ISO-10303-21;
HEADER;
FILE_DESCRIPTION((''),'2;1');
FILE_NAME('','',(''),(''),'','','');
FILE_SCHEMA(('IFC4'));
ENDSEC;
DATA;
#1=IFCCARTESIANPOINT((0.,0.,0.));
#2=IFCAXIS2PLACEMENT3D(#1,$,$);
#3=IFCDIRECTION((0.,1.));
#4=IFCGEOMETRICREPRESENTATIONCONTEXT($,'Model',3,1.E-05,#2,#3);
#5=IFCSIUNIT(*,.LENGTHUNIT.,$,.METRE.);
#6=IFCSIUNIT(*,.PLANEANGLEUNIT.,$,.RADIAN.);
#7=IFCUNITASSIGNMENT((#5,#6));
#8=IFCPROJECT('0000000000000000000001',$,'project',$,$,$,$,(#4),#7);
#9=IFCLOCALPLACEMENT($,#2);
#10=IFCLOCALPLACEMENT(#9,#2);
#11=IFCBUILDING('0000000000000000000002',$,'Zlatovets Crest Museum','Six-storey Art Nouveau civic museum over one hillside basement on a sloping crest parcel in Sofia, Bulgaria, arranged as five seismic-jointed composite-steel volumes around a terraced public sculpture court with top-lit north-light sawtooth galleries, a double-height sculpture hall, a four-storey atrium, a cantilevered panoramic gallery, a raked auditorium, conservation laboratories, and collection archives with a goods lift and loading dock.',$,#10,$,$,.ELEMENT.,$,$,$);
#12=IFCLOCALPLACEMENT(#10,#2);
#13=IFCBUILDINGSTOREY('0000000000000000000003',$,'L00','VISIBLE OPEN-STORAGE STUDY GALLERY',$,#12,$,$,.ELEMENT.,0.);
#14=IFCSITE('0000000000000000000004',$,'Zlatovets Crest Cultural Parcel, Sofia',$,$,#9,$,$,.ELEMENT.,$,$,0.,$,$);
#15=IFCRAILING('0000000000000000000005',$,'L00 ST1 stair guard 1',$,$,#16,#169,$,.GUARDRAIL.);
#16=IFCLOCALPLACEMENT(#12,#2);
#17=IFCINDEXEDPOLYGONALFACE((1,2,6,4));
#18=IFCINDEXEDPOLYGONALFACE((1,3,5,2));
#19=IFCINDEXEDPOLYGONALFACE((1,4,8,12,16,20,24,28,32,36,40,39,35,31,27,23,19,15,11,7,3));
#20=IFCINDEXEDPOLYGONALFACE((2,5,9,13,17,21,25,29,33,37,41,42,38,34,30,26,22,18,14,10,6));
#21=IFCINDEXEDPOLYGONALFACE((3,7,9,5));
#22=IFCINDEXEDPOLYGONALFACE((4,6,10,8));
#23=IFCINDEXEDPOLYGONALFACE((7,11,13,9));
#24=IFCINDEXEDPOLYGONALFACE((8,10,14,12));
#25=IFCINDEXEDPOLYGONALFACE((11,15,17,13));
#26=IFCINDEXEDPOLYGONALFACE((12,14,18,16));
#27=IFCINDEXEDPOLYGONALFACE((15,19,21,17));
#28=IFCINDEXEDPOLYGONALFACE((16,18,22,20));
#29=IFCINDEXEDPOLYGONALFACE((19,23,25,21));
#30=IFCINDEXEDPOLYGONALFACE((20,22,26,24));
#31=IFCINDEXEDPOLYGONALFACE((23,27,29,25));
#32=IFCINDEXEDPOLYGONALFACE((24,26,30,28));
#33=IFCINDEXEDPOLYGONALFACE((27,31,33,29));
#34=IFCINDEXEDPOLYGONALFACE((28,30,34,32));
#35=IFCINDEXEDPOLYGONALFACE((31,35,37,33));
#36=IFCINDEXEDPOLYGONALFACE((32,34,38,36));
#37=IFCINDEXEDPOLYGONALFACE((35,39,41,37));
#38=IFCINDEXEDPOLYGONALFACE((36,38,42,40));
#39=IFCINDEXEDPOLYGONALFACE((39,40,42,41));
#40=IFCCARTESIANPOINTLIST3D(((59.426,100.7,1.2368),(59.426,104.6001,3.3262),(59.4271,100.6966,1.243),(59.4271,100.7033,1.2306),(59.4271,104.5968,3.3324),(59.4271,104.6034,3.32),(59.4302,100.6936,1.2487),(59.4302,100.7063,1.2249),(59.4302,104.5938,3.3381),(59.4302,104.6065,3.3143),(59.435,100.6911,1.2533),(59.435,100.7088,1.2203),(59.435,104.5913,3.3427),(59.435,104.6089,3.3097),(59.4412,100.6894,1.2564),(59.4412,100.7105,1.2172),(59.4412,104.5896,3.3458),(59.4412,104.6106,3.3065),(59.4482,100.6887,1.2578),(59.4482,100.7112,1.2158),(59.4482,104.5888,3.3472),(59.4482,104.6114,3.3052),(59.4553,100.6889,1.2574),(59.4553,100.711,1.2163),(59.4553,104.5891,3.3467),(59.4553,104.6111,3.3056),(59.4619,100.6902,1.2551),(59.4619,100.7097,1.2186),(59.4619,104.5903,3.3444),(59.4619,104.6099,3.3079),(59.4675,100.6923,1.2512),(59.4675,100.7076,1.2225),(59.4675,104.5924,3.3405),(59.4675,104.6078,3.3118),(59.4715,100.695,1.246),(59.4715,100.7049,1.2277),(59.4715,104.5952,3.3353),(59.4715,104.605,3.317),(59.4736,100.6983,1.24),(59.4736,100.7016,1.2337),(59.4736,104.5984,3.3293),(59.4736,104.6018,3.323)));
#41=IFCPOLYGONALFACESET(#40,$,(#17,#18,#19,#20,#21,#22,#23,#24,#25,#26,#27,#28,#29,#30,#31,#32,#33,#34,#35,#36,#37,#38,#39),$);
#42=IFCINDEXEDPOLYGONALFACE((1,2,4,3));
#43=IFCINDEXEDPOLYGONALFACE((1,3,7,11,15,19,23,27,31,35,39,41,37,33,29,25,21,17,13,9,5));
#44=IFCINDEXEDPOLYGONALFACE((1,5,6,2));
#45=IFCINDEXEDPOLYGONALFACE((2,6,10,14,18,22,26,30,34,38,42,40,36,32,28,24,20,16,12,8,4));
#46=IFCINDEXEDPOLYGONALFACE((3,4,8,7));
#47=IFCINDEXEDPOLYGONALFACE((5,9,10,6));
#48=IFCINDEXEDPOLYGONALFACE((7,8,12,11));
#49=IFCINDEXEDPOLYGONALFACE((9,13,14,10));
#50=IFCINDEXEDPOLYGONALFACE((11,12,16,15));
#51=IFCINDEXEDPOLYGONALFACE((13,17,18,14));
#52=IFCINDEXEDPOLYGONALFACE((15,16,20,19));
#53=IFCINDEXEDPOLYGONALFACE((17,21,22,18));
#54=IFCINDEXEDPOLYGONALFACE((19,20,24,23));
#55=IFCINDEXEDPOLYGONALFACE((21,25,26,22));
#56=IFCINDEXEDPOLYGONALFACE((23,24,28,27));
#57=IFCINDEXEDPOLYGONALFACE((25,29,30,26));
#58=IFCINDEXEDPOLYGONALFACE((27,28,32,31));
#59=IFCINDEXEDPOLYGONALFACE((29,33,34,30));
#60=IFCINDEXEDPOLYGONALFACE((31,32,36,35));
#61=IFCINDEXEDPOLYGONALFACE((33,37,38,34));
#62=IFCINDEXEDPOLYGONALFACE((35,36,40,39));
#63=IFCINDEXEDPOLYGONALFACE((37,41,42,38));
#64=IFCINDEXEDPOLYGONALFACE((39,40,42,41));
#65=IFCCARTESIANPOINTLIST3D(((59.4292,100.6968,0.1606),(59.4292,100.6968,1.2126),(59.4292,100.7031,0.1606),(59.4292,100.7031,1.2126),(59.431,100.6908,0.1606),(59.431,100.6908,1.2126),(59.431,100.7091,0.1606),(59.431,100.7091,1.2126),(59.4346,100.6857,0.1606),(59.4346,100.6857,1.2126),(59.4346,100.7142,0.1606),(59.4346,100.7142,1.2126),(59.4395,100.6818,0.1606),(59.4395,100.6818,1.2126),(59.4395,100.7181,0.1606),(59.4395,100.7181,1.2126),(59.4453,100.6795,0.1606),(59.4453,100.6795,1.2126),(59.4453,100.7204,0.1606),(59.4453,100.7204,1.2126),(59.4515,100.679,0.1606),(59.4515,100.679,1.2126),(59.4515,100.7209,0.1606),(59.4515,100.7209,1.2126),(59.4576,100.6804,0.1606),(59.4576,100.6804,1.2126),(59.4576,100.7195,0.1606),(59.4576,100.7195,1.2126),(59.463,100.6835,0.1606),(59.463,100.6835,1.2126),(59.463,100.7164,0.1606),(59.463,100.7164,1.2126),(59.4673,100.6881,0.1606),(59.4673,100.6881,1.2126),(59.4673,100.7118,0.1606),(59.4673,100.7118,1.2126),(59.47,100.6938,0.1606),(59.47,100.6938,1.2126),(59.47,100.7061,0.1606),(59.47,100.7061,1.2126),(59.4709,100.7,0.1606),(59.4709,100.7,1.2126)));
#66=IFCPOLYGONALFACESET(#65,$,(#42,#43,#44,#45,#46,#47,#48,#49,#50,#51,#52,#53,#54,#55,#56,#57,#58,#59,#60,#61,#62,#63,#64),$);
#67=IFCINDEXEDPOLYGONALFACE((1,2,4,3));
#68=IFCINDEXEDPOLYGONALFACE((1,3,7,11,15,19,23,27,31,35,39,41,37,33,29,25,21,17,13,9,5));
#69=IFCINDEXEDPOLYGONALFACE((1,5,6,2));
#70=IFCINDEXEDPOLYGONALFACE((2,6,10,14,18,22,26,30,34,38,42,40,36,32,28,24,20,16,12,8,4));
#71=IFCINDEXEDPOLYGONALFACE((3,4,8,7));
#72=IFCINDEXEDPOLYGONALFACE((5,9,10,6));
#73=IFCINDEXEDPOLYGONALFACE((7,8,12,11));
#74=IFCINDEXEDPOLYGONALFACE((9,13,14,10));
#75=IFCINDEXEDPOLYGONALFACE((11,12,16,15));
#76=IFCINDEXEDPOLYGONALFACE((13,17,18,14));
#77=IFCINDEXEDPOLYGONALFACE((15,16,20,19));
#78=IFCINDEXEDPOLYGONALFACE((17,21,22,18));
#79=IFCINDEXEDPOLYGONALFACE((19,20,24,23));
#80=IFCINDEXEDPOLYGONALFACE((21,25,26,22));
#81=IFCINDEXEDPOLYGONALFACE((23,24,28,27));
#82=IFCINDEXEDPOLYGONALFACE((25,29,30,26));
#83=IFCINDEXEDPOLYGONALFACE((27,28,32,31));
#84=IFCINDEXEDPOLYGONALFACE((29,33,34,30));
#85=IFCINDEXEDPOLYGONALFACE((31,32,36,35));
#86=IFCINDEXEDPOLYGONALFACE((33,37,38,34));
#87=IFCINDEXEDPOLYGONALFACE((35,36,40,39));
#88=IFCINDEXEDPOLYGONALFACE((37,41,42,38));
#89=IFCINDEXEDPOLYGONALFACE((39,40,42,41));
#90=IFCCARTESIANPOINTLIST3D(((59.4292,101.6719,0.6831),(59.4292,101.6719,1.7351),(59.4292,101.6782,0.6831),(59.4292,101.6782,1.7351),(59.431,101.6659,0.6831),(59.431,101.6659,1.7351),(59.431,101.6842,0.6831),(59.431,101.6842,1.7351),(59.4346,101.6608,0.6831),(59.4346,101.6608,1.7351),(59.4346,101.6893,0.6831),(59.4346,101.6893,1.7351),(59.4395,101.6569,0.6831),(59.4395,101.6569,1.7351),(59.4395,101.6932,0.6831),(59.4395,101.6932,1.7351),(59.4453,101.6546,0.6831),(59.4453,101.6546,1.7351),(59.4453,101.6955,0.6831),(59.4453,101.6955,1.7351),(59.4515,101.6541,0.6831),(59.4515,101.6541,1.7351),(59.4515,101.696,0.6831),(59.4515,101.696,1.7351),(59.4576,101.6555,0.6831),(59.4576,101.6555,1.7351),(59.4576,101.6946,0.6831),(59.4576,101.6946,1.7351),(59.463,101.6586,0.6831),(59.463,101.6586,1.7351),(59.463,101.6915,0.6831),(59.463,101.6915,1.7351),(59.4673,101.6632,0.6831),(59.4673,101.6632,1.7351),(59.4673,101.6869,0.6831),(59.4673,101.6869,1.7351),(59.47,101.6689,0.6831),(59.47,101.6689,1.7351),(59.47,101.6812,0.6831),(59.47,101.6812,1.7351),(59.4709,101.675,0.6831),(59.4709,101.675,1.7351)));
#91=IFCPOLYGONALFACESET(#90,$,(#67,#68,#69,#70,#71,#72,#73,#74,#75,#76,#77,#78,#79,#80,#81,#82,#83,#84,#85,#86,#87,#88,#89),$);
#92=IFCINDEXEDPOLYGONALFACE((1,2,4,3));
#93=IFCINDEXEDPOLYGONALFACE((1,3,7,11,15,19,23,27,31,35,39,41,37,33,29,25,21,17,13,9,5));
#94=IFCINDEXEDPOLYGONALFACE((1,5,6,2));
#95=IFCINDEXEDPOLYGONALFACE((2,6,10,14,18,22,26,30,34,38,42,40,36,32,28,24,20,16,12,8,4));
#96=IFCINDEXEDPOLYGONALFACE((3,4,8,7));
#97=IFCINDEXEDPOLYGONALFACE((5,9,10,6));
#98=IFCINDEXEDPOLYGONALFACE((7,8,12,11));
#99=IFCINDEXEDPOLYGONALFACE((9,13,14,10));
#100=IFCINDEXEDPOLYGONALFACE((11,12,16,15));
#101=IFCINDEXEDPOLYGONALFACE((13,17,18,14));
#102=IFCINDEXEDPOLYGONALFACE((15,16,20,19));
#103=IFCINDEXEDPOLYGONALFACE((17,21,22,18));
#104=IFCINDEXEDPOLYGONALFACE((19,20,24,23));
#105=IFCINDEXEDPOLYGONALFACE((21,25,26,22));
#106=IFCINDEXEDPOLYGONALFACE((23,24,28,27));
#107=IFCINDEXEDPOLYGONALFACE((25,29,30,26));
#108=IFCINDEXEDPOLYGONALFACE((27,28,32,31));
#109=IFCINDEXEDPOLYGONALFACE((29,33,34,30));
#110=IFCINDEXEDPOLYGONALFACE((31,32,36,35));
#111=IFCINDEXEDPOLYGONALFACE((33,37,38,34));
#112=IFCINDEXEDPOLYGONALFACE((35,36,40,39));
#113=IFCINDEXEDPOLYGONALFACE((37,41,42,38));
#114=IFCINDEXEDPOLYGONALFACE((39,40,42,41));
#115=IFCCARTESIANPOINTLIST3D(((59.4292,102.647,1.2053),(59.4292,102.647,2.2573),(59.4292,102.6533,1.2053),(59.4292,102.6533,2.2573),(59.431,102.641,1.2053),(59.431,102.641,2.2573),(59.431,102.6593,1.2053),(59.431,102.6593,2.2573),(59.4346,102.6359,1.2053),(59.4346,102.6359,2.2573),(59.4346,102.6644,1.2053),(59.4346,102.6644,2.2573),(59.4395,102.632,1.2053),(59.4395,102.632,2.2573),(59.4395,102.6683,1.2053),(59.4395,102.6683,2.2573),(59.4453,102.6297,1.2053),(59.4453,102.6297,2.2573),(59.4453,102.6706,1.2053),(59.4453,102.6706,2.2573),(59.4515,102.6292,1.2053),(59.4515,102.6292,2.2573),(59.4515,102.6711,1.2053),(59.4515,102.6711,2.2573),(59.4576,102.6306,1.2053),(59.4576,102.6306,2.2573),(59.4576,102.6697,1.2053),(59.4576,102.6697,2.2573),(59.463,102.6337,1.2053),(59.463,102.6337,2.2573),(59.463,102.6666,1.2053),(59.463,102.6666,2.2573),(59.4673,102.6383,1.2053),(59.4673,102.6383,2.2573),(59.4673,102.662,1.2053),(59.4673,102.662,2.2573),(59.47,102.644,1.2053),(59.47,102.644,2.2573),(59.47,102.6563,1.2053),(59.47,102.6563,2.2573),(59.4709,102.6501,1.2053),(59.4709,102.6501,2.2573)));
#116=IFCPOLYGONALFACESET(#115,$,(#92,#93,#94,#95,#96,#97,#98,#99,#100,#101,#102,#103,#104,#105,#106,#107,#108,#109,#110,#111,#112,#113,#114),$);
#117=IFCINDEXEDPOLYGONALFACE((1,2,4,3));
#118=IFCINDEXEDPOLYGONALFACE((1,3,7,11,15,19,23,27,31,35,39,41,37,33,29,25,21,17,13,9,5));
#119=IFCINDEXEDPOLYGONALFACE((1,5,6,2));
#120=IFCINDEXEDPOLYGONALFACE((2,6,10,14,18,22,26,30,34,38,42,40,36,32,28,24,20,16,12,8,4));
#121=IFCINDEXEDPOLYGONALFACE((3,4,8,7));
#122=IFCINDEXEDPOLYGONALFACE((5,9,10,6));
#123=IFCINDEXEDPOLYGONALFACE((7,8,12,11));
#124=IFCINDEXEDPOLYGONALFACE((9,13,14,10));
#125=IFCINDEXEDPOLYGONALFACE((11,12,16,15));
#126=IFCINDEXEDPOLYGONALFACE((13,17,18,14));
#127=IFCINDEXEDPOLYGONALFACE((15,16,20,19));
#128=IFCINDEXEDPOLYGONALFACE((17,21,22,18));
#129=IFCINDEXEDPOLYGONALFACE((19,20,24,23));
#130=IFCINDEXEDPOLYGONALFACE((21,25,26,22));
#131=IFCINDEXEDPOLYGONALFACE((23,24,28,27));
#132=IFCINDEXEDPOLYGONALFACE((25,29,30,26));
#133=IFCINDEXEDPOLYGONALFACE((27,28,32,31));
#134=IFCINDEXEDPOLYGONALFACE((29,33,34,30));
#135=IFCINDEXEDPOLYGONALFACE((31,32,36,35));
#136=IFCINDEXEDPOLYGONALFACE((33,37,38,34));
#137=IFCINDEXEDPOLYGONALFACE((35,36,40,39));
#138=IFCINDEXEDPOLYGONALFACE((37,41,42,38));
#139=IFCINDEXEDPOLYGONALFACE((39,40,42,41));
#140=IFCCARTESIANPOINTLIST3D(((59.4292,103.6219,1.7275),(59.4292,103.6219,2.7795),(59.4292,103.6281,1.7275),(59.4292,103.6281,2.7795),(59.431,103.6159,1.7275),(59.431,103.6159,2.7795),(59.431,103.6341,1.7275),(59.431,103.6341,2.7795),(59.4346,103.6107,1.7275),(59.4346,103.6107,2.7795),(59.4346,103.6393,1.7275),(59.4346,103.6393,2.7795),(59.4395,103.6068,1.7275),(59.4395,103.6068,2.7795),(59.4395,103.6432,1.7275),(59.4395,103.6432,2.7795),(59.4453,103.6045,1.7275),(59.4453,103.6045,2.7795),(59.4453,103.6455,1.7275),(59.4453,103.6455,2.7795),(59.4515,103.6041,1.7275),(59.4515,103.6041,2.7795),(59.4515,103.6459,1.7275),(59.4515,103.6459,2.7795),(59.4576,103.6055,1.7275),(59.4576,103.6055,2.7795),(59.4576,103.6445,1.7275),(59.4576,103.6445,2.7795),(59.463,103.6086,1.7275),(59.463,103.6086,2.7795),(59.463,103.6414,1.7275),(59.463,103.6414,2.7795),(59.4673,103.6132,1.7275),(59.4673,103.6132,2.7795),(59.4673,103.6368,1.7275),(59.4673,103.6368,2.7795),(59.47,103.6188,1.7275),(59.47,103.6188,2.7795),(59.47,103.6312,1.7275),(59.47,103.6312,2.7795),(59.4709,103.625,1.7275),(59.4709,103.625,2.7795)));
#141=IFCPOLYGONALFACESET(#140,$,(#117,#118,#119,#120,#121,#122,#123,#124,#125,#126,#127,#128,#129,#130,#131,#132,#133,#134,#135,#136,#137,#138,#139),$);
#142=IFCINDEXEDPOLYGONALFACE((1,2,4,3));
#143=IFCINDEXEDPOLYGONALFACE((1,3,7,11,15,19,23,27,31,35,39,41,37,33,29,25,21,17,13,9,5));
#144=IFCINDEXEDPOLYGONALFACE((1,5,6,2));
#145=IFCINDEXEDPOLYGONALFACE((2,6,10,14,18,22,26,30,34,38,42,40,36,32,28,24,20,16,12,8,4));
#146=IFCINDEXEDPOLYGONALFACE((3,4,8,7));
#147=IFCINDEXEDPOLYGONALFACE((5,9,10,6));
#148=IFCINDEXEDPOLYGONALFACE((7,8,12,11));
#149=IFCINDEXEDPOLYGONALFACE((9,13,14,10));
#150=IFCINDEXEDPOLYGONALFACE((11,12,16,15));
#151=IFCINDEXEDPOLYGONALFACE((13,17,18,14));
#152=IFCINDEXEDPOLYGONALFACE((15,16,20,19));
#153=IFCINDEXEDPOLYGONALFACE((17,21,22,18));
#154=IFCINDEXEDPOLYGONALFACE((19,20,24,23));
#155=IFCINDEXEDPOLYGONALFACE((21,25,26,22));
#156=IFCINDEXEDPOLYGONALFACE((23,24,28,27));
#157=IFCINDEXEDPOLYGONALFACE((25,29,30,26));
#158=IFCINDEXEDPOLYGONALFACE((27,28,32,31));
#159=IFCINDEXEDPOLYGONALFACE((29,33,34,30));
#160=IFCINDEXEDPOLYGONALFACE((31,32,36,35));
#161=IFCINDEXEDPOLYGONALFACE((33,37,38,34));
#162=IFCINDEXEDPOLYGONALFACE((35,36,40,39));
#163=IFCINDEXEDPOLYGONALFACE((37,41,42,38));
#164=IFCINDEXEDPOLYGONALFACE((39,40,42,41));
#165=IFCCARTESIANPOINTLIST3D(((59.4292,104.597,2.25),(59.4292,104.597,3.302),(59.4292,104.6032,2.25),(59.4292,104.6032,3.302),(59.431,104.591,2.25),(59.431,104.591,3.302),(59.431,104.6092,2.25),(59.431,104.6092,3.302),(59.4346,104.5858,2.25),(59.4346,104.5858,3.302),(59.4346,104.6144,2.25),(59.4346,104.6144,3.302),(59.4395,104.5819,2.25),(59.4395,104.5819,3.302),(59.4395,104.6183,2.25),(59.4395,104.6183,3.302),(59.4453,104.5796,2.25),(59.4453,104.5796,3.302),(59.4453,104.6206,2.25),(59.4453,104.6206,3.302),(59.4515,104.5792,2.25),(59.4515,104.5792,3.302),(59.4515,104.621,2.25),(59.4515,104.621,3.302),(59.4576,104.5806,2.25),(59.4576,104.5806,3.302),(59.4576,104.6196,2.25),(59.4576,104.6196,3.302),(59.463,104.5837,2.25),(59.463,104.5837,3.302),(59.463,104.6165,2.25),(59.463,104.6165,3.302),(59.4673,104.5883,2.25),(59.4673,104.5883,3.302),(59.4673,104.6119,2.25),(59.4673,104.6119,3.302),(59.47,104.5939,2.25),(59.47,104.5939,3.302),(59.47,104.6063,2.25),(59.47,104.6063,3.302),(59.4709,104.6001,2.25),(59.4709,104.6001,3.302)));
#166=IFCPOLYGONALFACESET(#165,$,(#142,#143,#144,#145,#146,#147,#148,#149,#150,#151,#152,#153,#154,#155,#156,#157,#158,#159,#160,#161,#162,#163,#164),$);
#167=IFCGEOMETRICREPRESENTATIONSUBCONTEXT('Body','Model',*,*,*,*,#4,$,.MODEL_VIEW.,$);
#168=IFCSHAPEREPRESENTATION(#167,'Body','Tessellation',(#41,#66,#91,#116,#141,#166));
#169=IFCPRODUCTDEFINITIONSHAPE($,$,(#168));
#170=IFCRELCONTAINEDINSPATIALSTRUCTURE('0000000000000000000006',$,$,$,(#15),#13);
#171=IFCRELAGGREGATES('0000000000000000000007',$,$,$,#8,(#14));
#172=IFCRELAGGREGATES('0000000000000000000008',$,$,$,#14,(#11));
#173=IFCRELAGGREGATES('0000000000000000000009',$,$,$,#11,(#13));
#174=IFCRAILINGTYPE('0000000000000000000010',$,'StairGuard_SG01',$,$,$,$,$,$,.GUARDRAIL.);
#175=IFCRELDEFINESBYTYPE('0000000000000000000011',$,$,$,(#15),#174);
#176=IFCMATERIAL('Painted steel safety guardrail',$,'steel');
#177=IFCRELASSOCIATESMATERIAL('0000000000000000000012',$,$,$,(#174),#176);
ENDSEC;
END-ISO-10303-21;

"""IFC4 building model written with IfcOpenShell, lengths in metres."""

from ifc_helpers import new_model, si_unit, direction, frame, origin, origin_2d, place, context, subcontext, project, spatial, circle, extrude, material, type_object, element, save


model = new_model("IFC4")

# Units and contexts
model_context = context("Model", 3, precision=1e-05, world=origin(), true_north=direction((0.0, 1.0)))
body_context = subcontext(model_context, "Body", "Model", "MODEL_VIEW")
ifc_project = project(units=[si_unit("LENGTHUNIT", "METRE"), si_unit("PLANEANGLEUNIT", "RADIAN")], contexts=[model_context])

# Site, building, storey
site_placement = place(None, origin())
site = spatial("IfcSite", under=ifc_project, at=site_placement, Name="Zlatovets Crest Cultural Parcel, Sofia", CompositionType="ELEMENT", RefElevation=0.0)
building_placement = place(site_placement, origin())
building = spatial("IfcBuilding", under=site, at=building_placement, Name="Zlatovets Crest Museum", Description="Six-storey Art Nouveau civic museum over one hillside basement on a sloping crest parcel in Sofia, Bulgaria, arranged as five seismic-jointed composite-steel volumes around a terraced public sculpture court with top-lit north-light sawtooth galleries, a double-height sculpture hall, a four-storey atrium, a cantilevered panoramic gallery, a raked auditorium, conservation laboratories, and collection archives with a goods lift and loading dock.", CompositionType="ELEMENT")
storey_placement = place(building_placement, origin())
storey = spatial("IfcBuildingStorey", under=building, at=storey_placement, Name="L00", Description="VISIBLE OPEN-STORAGE STUDY GALLERY", CompositionType="ELEMENT", Elevation=0.0)

# Railing
ifc_material_1 = material(Name="Painted steel safety guardrail", Category="steel")
railing_type_1 = type_object("IfcRailingType", Name="StairGuard_SG01", PredefinedType="GUARDRAIL", material=ifc_material_1)
railing_1_placement = place(storey_placement, frame((59.45, 100.7, 0.1606)))
element("IfcRailing", 1, at=railing_1_placement, inside=storey, type_object=railing_type_1, Name="L00 ST1 stair guard 1", PredefinedType="GUARDRAIL", context=body_context, shape_type="SweptSolid", body=[
    extrude(circle(Radius=0.0239, at=origin_2d()), frame((0.0, 0.0, 1.0762), z_axis=(0.0, 0.881481, 0.47222), x_axis=(-1.0, 0.0, 0.0)), (0.0, 0.0, 1.0), 4.4246),
    extrude(circle(Radius=0.021, at=origin_2d()), origin(), (0.0, 0.0, 1.0), 1.052),
    extrude(circle(Radius=0.021, at=origin_2d()), frame((0.0, 0.9751, 0.5225)), (0.0, 0.0, 1.0), 1.052),
    extrude(circle(Radius=0.021, at=origin_2d()), frame((0.0, 1.9502, 1.0447)), (0.0, 0.0, 1.0), 1.052),
    extrude(circle(Radius=0.021, at=origin_2d()), frame((0.0, 2.925, 1.5669)), (0.0, 0.0, 1.0), 1.052),
    extrude(circle(Radius=0.021, at=origin_2d()), frame((0.0, 3.9001, 2.0894)), (0.0, 0.0, 1.0), 1.052),
])

save(model, "model.ifc")
